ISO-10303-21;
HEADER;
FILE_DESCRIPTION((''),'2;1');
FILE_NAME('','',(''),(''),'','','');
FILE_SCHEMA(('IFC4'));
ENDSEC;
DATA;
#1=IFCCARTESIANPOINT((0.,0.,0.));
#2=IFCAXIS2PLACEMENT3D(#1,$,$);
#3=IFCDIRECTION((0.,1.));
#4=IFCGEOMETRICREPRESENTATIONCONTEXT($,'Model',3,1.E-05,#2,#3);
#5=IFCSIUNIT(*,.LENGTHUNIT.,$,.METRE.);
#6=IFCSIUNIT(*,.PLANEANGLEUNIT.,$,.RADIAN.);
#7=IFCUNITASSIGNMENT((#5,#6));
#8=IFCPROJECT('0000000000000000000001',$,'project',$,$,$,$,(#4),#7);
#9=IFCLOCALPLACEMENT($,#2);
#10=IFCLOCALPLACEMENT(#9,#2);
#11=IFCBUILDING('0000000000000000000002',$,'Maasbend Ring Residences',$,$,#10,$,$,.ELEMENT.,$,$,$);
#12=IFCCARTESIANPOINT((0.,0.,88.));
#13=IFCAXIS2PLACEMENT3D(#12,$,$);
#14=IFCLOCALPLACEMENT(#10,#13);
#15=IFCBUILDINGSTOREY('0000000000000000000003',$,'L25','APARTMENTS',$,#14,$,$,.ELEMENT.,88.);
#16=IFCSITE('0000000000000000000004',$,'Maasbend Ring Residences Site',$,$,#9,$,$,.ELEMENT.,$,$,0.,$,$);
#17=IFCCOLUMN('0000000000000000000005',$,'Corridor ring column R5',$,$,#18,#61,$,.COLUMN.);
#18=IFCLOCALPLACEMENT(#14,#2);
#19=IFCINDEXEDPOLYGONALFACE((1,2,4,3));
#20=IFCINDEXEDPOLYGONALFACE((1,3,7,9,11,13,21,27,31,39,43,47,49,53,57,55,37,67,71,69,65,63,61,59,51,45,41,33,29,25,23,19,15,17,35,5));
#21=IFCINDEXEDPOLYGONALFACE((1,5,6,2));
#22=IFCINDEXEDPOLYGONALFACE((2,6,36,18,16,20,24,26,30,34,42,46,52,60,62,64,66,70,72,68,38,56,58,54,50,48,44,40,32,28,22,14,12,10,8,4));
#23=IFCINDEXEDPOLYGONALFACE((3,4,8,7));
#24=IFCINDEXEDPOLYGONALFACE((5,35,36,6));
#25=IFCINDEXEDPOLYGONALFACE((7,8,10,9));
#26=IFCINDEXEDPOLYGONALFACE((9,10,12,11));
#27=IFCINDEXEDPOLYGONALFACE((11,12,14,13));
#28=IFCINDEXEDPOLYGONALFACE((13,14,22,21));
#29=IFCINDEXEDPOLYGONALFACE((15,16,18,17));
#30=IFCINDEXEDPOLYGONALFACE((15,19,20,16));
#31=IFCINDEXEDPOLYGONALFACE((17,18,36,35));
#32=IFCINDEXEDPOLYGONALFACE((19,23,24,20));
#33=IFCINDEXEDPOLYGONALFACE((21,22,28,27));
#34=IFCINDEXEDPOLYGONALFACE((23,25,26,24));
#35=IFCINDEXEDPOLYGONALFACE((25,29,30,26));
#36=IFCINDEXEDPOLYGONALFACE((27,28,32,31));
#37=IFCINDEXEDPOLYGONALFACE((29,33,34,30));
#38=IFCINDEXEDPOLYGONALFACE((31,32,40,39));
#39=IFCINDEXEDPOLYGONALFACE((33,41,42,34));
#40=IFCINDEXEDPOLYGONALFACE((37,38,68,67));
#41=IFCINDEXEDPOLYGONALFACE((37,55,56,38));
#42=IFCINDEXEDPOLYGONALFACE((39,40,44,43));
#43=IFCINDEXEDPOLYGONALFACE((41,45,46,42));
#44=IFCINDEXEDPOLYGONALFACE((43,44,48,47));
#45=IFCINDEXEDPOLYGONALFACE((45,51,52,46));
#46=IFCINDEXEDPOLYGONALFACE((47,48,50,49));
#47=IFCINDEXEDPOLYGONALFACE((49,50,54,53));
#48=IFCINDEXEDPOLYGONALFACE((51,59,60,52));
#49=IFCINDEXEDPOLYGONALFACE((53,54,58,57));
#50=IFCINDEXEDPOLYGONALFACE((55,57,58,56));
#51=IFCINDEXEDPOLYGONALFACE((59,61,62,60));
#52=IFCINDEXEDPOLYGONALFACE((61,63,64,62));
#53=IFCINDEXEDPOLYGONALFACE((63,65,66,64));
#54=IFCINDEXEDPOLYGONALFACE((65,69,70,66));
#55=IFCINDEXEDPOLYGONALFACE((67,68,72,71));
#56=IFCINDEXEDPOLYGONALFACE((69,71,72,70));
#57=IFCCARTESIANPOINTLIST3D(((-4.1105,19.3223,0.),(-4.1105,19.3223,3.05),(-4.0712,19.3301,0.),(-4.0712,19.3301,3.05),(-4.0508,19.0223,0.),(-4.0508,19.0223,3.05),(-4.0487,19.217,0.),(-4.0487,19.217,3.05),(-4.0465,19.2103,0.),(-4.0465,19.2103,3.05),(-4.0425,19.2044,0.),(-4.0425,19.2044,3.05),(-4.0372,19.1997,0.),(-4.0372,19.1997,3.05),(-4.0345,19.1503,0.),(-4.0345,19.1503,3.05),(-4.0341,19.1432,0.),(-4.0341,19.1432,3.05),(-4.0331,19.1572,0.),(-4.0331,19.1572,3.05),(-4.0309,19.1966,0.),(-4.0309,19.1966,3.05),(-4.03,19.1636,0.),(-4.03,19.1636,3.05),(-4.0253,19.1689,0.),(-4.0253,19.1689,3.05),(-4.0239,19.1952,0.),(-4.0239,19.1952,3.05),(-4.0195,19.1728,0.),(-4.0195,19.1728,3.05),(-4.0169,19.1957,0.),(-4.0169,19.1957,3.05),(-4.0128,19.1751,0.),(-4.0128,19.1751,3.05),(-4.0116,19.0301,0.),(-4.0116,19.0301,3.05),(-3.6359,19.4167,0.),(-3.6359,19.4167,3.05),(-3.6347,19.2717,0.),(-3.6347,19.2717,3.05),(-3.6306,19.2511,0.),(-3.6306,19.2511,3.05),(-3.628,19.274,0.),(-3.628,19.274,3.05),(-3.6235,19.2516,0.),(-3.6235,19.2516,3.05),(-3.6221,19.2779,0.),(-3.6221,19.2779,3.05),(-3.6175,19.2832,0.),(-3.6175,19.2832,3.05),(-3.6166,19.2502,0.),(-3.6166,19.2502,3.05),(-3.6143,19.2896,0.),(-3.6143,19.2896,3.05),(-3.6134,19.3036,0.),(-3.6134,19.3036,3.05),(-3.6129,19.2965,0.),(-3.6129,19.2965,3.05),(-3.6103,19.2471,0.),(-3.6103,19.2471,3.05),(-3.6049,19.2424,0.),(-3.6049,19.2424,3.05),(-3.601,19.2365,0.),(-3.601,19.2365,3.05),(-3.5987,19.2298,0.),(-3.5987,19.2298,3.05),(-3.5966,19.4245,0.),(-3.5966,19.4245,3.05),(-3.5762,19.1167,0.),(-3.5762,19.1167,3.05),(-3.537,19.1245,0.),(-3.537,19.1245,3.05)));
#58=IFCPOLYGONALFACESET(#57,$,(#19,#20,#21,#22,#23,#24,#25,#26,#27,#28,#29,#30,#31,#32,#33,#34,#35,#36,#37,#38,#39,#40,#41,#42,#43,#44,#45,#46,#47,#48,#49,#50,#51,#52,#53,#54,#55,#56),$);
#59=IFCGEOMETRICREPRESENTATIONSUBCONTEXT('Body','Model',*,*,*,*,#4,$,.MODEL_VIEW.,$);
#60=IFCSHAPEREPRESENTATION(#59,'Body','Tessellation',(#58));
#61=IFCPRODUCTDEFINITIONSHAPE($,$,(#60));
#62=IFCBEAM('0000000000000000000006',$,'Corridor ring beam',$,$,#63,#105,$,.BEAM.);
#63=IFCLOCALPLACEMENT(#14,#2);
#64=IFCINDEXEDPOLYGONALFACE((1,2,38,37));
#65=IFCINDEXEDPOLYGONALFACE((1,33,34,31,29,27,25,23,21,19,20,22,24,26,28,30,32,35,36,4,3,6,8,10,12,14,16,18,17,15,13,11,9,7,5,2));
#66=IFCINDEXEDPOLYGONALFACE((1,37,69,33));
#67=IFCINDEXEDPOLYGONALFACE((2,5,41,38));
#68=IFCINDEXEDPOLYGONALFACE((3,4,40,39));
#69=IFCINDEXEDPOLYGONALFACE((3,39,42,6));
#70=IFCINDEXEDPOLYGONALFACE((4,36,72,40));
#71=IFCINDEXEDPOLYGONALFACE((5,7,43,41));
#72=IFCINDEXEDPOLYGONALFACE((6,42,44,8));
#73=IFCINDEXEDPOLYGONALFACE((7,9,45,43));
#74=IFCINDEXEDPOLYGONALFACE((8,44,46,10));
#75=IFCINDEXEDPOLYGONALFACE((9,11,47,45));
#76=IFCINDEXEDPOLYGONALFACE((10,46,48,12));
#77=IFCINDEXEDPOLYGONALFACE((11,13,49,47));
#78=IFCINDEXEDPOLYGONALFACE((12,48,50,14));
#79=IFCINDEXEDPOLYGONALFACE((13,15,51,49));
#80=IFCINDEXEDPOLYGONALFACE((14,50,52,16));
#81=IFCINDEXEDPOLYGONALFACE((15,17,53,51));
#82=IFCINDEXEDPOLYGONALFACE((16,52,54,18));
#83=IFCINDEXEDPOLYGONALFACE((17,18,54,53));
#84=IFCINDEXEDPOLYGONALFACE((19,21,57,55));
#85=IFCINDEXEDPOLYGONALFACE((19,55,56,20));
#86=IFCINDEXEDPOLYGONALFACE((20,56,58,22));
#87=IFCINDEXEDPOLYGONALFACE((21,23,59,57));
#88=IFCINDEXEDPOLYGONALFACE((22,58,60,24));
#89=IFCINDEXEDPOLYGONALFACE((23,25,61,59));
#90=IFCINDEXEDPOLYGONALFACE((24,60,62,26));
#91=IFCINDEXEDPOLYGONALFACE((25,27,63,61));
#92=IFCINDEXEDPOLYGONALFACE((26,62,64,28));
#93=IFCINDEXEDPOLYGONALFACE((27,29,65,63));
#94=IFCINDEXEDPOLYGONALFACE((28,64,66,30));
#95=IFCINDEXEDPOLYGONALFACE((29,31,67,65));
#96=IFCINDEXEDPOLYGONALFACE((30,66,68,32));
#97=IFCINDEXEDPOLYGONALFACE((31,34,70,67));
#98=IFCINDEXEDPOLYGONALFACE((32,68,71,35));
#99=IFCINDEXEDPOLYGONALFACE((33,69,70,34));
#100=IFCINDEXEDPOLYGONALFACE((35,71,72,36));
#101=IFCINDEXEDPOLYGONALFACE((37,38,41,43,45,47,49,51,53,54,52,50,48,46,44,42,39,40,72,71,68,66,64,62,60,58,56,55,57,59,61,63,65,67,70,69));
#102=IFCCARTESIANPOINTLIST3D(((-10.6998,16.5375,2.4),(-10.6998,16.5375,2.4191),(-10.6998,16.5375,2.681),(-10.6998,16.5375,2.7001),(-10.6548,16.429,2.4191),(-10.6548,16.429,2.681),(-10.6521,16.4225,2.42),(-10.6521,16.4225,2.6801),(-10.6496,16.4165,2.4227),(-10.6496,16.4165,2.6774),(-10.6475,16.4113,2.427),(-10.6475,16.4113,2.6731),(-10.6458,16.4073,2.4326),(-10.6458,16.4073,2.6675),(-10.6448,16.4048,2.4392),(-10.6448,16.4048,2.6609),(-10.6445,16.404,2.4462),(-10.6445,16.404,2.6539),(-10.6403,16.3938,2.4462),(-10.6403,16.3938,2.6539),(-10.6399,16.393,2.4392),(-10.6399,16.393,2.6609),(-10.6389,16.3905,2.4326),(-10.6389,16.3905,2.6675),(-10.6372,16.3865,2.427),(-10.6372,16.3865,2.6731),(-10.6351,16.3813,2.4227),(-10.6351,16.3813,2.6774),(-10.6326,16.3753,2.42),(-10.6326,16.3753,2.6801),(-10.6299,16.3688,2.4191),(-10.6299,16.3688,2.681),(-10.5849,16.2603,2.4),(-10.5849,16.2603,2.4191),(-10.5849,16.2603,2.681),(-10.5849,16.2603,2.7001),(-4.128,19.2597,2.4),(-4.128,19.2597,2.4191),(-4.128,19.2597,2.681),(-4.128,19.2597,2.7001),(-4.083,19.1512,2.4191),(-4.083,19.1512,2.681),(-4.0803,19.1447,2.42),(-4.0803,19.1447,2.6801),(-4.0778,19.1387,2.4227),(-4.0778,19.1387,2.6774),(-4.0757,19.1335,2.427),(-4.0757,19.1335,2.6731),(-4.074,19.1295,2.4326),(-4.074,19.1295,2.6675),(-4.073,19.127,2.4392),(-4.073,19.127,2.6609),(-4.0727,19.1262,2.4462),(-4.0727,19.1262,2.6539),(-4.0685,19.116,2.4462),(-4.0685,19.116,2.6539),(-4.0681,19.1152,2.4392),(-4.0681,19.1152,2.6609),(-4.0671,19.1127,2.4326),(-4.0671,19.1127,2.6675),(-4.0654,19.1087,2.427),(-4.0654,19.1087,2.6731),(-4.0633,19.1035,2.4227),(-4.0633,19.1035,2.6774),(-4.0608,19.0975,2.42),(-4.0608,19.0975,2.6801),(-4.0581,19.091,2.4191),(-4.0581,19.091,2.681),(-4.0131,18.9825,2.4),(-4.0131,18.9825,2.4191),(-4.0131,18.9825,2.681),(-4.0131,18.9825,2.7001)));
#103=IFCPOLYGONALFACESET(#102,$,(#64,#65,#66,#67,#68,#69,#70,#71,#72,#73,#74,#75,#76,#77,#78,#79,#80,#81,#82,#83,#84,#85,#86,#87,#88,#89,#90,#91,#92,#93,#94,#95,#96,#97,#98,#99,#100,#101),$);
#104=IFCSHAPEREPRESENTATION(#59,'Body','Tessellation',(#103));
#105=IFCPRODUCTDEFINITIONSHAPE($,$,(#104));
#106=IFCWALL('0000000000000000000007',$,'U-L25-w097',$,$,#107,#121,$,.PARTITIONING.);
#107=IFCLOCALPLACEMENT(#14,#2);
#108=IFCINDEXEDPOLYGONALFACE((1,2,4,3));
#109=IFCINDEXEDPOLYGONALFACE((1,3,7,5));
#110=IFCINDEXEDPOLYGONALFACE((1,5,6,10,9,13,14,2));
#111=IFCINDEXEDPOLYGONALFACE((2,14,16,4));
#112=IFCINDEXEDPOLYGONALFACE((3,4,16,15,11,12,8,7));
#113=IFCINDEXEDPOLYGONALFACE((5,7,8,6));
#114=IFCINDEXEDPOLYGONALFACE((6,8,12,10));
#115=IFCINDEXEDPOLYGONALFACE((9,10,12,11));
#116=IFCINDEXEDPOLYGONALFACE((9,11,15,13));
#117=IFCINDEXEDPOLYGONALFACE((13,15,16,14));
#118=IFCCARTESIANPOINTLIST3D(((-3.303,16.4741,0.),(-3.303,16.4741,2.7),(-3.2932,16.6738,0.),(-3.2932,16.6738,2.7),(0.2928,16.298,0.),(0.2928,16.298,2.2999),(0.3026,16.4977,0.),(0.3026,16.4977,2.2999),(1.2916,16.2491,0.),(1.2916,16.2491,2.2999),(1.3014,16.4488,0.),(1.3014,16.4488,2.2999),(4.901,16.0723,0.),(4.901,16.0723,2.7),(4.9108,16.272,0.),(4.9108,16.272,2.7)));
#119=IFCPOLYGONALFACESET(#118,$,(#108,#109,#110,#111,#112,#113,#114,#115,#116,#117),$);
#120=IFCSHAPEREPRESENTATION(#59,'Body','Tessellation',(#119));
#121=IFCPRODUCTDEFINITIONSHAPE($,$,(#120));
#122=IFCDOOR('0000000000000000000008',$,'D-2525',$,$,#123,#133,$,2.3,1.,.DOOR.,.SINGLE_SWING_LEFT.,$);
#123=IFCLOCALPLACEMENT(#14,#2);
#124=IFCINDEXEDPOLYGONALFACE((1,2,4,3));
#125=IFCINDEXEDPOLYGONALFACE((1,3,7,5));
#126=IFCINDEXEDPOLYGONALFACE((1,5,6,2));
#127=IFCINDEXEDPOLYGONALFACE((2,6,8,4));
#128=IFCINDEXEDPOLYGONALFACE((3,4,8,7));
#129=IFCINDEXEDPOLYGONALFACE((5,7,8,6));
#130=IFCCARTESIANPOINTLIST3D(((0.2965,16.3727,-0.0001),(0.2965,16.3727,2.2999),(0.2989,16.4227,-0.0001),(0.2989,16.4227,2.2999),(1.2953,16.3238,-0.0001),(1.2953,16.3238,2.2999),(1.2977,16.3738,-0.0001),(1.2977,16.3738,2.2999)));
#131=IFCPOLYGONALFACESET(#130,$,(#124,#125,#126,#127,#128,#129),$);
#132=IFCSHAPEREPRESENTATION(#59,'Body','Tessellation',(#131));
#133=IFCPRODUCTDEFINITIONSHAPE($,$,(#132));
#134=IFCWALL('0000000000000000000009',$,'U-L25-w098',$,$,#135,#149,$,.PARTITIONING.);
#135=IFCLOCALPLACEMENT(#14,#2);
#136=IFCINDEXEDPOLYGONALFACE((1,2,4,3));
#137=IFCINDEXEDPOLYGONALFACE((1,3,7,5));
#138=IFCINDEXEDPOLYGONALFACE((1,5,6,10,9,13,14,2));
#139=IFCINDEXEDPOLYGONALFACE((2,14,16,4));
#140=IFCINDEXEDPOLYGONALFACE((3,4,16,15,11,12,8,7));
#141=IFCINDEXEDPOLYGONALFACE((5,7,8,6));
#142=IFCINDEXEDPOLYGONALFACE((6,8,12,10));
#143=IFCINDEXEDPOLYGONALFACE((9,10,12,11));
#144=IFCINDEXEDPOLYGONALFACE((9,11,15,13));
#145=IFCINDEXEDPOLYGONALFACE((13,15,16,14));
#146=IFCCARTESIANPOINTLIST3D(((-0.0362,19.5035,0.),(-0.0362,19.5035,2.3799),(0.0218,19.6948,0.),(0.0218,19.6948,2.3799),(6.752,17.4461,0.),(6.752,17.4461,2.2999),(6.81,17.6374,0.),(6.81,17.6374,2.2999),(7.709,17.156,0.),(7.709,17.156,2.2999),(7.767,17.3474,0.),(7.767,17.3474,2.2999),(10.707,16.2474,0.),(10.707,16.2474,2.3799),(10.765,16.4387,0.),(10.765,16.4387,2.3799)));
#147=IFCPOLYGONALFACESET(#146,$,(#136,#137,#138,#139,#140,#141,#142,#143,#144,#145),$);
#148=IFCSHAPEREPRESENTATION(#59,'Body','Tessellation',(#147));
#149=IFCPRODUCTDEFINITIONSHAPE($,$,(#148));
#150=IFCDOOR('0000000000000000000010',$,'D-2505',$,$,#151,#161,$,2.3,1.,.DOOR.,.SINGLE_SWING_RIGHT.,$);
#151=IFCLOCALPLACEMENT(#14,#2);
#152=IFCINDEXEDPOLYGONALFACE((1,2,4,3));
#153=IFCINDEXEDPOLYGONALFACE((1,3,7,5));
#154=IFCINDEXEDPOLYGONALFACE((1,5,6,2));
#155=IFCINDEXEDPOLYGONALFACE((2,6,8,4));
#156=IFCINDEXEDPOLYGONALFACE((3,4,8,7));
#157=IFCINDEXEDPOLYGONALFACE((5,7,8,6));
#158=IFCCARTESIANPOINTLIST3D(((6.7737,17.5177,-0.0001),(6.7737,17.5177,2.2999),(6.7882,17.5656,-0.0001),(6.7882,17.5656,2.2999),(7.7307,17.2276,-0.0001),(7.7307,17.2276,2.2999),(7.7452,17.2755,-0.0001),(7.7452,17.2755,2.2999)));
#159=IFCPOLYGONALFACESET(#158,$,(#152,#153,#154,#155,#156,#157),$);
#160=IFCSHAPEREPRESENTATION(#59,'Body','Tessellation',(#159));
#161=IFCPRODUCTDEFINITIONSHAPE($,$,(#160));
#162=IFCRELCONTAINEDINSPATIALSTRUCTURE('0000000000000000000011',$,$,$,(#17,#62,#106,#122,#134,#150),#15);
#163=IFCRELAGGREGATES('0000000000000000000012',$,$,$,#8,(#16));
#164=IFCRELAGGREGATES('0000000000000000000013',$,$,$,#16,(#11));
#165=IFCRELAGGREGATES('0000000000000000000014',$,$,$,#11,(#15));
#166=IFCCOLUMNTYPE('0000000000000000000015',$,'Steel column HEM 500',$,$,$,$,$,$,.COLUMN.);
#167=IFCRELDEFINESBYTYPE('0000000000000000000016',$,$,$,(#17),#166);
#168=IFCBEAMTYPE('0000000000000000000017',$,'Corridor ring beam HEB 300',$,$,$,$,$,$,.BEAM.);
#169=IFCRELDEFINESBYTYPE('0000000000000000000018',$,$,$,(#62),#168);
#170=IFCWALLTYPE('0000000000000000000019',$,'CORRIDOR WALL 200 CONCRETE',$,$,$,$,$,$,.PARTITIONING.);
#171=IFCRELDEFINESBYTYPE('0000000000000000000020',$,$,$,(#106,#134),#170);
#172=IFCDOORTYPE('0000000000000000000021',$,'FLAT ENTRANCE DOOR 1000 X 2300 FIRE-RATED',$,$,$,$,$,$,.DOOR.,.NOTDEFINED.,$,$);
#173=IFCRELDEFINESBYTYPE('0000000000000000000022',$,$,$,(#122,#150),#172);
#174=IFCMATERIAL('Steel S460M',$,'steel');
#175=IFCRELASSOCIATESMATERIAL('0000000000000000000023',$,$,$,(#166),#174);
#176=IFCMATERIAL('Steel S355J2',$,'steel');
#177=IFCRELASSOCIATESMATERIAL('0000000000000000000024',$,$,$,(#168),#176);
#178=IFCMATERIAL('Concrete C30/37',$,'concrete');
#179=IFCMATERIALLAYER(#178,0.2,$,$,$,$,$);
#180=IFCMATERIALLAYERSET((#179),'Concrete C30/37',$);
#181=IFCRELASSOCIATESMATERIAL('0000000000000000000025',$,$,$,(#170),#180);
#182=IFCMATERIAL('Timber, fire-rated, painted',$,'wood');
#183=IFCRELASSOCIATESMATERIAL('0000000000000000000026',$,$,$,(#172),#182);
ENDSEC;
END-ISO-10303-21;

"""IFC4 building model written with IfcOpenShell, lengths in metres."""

from ifc_helpers import new_model, si_unit, direction, frame, frame_2d, origin, origin_2d, place, context, subcontext, project, spatial, rectangle, i_section, extrude, material, layer, layer_set, material_profile, profile_set, type_object, element, fill, save


model = new_model("IFC4")

# Units and contexts
model_context = context("Model", 3, precision=1e-05, world=origin(), true_north=direction((0.0, 1.0)))
body_context = subcontext(model_context, "Body", "Model", "MODEL_VIEW")
ifc_project = project(units=[si_unit("LENGTHUNIT", "METRE"), si_unit("PLANEANGLEUNIT", "RADIAN")], contexts=[model_context])

# Site, building, storey
site_placement = place(None, origin())
site = spatial("IfcSite", under=ifc_project, at=site_placement, Name="Maasbend Ring Residences Site", CompositionType="ELEMENT", RefElevation=0.0)
building_placement = place(site_placement, origin())
building = spatial("IfcBuilding", under=site, at=building_placement, Name="Maasbend Ring Residences", CompositionType="ELEMENT")
storey_placement = place(building_placement, frame((0.0, 0.0, 88.0)))
storey = spatial("IfcBuildingStorey", under=building, at=storey_placement, Name="L25", Description="APARTMENTS", CompositionType="ELEMENT", Elevation=88.0)

# Column
ifc_material_1 = material(Name="Steel S460M", Category="steel")
ifc_material_profile_1 = material_profile(ifc_material_1, i_section(OverallWidth=0.3059, OverallDepth=0.5239, WebThickness=0.021, FlangeThickness=0.04, FilletRadius=0.0271, at=origin_2d()), Name="HEM 500")
ifc_profile_set_1 = profile_set([ifc_material_profile_1], Name="Steel S460M")
column_type = type_object("IfcColumnType", Name="Steel column HEM 500", PredefinedType="COLUMN", material=ifc_profile_set_1)
column_placement = place(storey_placement, frame((-3.8237, 19.2234, 0.0), z_axis=(0.0, 0.0, 1.0), x_axis=(-0.19509, 0.980785, 0.0)))
element("IfcColumn", 1, at=column_placement, inside=storey, type_object=column_type, Name="Corridor ring column R5", PredefinedType="COLUMN", context=body_context, shape_type="SweptSolid", body=[
    extrude(i_section(OverallWidth=0.3059, OverallDepth=0.5239, WebThickness=0.021, FlangeThickness=0.04, FilletRadius=0.0271, at=origin_2d()), origin(), (0.0, 0.0, 1.0), 3.05),
])

# Beam
ifc_material_2 = material(Name="Steel S355J2", Category="steel")
ifc_material_profile_2 = material_profile(ifc_material_2, i_section(OverallWidth=0.3, OverallDepth=0.3, WebThickness=0.011, FlangeThickness=0.019, FilletRadius=0.0271, at=origin_2d()), Name="HEB 300")
ifc_profile_set_2 = profile_set([ifc_material_profile_2], Name="Steel S355J2")
beam_type = type_object("IfcBeamType", Name="Corridor ring beam HEB 300", PredefinedType="BEAM", material=ifc_profile_set_2)
beam_placement = place(storey_placement, frame((-4.0706, 19.1211, 2.55), z_axis=(-0.923877, -0.382689, 0.0), x_axis=(0.382689, -0.923877, 0.0)))
element("IfcBeam", 2, at=beam_placement, inside=storey, type_object=beam_type, Name="Corridor ring beam", PredefinedType="BEAM", context=body_context, shape_type="SweptSolid", body=[
    extrude(i_section(OverallWidth=0.3, OverallDepth=0.3, WebThickness=0.011, FlangeThickness=0.019, FilletRadius=0.0271, at=origin_2d()), origin(), (0.0, 0.0, 1.0), 7.1133),
])

# Walls, openings, doors
ifc_material_3 = material(Name="Concrete C30/37", Category="concrete")
ifc_layer_1 = layer(ifc_material_3, 0.2)
ifc_layer_set_1 = layer_set([ifc_layer_1], Name="Concrete C30/37")
wall_type_1 = type_object("IfcWallType", Name="CORRIDOR WALL 200 CONCRETE", PredefinedType="PARTITIONING", material=ifc_layer_set_1)
wall_1_placement = place(storey_placement, frame((-3.2981, 16.574, 0.0), z_axis=(0.0, 0.0, 1.0), x_axis=(0.998803, -0.048924, 0.0)))
wall_1 = element("IfcWall", 3, at=wall_1_placement, inside=storey, type_object=wall_type_1, Name="U-L25-w097", PredefinedType="PARTITIONING", context=body_context, shape_type="SweptSolid", body=[
    extrude(rectangle(XDim=8.2139, YDim=0.2, at=frame_2d((4.1069, 0.0))), origin(), (0.0, 0.0, 1.0), 2.7),
])
opening_1_placement = place(wall_1_placement, frame((3.6001, 0.0, 0.0)))
opening_1 = element("IfcOpeningElement", 4, at=opening_1_placement, cuts=wall_1, PredefinedType="OPENING", context=body_context, shape_type="SweptSolid", body=[
    extrude(rectangle(XDim=1.0, YDim=2.3, at=frame_2d((0.5, 1.1499))), frame((0.0, 0.1099, 0.0), z_axis=(0.0, -1.0, 0.0), x_axis=(1.0, 0.0, 0.0)), (0.0, 0.0, 1.0), 0.22),
])
ifc_material_4 = material(Name="Timber, fire-rated, painted", Category="wood")
door_type_1 = type_object("IfcDoorType", Name="FLAT ENTRANCE DOOR 1000 X 2300 FIRE-RATED", OperationType="NOTDEFINED", PredefinedType="DOOR", material=ifc_material_4)
door_1_placement = place(opening_1_placement, origin())
door_1 = element("IfcDoor", 5, at=door_1_placement, inside=storey, type_object=door_type_1, Name="D-2525", OperationType="SINGLE_SWING_LEFT", OverallHeight=2.3, OverallWidth=1.0, PredefinedType="DOOR", context=body_context, shape_type="SweptSolid", body=[
    extrude(rectangle(XDim=1.0, YDim=2.3, at=frame_2d((0.5, 1.1499))), frame((0.0, 0.0249, 0.0), z_axis=(0.0, -1.0, 0.0), x_axis=(1.0, 0.0, 0.0)), (0.0, 0.0, 1.0), 0.05),
])
fill(opening_1, door_1)
wall_2_placement = place(storey_placement, frame((-0.0071, 19.5991, 0.0), z_axis=(0.0, 0.0, 1.0), x_axis=(0.95701, -0.290056, 0.0)))
wall_2 = element("IfcWall", 6, at=wall_2_placement, inside=storey, type_object=wall_type_1, Name="U-L25-w098", PredefinedType="PARTITIONING", context=body_context, shape_type="SweptSolid", body=[
    extrude(rectangle(XDim=11.2258, YDim=0.2, at=frame_2d((5.6128, 0.0))), origin(), (0.0, 0.0, 1.0), 2.3799),
])
opening_2_placement = place(wall_2_placement, frame((7.093, 0.0, 0.0)))
opening_2 = element("IfcOpeningElement", 7, at=opening_2_placement, cuts=wall_2, PredefinedType="OPENING", context=body_context, shape_type="SweptSolid", body=[
    extrude(rectangle(XDim=1.0, YDim=2.3, at=frame_2d((0.5, 1.1499))), frame((0.0, 0.1099, 0.0), z_axis=(0.0, -1.0, 0.0), x_axis=(1.0, 0.0, 0.0)), (0.0, 0.0, 1.0), 0.22),
])
door_2_placement = place(opening_2_placement, origin())
door_2 = element("IfcDoor", 8, at=door_2_placement, inside=storey, type_object=door_type_1, Name="D-2505", OperationType="SINGLE_SWING_RIGHT", OverallHeight=2.3, OverallWidth=1.0, PredefinedType="DOOR", context=body_context, shape_type="SweptSolid", body=[
    extrude(rectangle(XDim=1.0, YDim=2.3, at=frame_2d((0.5, 1.1499))), frame((0.0, 0.0249, 0.0), z_axis=(0.0, -1.0, 0.0), x_axis=(1.0, 0.0, 0.0)), (0.0, 0.0, 1.0), 0.05),
])
fill(opening_2, door_2)

save(model, "model.ifc")
